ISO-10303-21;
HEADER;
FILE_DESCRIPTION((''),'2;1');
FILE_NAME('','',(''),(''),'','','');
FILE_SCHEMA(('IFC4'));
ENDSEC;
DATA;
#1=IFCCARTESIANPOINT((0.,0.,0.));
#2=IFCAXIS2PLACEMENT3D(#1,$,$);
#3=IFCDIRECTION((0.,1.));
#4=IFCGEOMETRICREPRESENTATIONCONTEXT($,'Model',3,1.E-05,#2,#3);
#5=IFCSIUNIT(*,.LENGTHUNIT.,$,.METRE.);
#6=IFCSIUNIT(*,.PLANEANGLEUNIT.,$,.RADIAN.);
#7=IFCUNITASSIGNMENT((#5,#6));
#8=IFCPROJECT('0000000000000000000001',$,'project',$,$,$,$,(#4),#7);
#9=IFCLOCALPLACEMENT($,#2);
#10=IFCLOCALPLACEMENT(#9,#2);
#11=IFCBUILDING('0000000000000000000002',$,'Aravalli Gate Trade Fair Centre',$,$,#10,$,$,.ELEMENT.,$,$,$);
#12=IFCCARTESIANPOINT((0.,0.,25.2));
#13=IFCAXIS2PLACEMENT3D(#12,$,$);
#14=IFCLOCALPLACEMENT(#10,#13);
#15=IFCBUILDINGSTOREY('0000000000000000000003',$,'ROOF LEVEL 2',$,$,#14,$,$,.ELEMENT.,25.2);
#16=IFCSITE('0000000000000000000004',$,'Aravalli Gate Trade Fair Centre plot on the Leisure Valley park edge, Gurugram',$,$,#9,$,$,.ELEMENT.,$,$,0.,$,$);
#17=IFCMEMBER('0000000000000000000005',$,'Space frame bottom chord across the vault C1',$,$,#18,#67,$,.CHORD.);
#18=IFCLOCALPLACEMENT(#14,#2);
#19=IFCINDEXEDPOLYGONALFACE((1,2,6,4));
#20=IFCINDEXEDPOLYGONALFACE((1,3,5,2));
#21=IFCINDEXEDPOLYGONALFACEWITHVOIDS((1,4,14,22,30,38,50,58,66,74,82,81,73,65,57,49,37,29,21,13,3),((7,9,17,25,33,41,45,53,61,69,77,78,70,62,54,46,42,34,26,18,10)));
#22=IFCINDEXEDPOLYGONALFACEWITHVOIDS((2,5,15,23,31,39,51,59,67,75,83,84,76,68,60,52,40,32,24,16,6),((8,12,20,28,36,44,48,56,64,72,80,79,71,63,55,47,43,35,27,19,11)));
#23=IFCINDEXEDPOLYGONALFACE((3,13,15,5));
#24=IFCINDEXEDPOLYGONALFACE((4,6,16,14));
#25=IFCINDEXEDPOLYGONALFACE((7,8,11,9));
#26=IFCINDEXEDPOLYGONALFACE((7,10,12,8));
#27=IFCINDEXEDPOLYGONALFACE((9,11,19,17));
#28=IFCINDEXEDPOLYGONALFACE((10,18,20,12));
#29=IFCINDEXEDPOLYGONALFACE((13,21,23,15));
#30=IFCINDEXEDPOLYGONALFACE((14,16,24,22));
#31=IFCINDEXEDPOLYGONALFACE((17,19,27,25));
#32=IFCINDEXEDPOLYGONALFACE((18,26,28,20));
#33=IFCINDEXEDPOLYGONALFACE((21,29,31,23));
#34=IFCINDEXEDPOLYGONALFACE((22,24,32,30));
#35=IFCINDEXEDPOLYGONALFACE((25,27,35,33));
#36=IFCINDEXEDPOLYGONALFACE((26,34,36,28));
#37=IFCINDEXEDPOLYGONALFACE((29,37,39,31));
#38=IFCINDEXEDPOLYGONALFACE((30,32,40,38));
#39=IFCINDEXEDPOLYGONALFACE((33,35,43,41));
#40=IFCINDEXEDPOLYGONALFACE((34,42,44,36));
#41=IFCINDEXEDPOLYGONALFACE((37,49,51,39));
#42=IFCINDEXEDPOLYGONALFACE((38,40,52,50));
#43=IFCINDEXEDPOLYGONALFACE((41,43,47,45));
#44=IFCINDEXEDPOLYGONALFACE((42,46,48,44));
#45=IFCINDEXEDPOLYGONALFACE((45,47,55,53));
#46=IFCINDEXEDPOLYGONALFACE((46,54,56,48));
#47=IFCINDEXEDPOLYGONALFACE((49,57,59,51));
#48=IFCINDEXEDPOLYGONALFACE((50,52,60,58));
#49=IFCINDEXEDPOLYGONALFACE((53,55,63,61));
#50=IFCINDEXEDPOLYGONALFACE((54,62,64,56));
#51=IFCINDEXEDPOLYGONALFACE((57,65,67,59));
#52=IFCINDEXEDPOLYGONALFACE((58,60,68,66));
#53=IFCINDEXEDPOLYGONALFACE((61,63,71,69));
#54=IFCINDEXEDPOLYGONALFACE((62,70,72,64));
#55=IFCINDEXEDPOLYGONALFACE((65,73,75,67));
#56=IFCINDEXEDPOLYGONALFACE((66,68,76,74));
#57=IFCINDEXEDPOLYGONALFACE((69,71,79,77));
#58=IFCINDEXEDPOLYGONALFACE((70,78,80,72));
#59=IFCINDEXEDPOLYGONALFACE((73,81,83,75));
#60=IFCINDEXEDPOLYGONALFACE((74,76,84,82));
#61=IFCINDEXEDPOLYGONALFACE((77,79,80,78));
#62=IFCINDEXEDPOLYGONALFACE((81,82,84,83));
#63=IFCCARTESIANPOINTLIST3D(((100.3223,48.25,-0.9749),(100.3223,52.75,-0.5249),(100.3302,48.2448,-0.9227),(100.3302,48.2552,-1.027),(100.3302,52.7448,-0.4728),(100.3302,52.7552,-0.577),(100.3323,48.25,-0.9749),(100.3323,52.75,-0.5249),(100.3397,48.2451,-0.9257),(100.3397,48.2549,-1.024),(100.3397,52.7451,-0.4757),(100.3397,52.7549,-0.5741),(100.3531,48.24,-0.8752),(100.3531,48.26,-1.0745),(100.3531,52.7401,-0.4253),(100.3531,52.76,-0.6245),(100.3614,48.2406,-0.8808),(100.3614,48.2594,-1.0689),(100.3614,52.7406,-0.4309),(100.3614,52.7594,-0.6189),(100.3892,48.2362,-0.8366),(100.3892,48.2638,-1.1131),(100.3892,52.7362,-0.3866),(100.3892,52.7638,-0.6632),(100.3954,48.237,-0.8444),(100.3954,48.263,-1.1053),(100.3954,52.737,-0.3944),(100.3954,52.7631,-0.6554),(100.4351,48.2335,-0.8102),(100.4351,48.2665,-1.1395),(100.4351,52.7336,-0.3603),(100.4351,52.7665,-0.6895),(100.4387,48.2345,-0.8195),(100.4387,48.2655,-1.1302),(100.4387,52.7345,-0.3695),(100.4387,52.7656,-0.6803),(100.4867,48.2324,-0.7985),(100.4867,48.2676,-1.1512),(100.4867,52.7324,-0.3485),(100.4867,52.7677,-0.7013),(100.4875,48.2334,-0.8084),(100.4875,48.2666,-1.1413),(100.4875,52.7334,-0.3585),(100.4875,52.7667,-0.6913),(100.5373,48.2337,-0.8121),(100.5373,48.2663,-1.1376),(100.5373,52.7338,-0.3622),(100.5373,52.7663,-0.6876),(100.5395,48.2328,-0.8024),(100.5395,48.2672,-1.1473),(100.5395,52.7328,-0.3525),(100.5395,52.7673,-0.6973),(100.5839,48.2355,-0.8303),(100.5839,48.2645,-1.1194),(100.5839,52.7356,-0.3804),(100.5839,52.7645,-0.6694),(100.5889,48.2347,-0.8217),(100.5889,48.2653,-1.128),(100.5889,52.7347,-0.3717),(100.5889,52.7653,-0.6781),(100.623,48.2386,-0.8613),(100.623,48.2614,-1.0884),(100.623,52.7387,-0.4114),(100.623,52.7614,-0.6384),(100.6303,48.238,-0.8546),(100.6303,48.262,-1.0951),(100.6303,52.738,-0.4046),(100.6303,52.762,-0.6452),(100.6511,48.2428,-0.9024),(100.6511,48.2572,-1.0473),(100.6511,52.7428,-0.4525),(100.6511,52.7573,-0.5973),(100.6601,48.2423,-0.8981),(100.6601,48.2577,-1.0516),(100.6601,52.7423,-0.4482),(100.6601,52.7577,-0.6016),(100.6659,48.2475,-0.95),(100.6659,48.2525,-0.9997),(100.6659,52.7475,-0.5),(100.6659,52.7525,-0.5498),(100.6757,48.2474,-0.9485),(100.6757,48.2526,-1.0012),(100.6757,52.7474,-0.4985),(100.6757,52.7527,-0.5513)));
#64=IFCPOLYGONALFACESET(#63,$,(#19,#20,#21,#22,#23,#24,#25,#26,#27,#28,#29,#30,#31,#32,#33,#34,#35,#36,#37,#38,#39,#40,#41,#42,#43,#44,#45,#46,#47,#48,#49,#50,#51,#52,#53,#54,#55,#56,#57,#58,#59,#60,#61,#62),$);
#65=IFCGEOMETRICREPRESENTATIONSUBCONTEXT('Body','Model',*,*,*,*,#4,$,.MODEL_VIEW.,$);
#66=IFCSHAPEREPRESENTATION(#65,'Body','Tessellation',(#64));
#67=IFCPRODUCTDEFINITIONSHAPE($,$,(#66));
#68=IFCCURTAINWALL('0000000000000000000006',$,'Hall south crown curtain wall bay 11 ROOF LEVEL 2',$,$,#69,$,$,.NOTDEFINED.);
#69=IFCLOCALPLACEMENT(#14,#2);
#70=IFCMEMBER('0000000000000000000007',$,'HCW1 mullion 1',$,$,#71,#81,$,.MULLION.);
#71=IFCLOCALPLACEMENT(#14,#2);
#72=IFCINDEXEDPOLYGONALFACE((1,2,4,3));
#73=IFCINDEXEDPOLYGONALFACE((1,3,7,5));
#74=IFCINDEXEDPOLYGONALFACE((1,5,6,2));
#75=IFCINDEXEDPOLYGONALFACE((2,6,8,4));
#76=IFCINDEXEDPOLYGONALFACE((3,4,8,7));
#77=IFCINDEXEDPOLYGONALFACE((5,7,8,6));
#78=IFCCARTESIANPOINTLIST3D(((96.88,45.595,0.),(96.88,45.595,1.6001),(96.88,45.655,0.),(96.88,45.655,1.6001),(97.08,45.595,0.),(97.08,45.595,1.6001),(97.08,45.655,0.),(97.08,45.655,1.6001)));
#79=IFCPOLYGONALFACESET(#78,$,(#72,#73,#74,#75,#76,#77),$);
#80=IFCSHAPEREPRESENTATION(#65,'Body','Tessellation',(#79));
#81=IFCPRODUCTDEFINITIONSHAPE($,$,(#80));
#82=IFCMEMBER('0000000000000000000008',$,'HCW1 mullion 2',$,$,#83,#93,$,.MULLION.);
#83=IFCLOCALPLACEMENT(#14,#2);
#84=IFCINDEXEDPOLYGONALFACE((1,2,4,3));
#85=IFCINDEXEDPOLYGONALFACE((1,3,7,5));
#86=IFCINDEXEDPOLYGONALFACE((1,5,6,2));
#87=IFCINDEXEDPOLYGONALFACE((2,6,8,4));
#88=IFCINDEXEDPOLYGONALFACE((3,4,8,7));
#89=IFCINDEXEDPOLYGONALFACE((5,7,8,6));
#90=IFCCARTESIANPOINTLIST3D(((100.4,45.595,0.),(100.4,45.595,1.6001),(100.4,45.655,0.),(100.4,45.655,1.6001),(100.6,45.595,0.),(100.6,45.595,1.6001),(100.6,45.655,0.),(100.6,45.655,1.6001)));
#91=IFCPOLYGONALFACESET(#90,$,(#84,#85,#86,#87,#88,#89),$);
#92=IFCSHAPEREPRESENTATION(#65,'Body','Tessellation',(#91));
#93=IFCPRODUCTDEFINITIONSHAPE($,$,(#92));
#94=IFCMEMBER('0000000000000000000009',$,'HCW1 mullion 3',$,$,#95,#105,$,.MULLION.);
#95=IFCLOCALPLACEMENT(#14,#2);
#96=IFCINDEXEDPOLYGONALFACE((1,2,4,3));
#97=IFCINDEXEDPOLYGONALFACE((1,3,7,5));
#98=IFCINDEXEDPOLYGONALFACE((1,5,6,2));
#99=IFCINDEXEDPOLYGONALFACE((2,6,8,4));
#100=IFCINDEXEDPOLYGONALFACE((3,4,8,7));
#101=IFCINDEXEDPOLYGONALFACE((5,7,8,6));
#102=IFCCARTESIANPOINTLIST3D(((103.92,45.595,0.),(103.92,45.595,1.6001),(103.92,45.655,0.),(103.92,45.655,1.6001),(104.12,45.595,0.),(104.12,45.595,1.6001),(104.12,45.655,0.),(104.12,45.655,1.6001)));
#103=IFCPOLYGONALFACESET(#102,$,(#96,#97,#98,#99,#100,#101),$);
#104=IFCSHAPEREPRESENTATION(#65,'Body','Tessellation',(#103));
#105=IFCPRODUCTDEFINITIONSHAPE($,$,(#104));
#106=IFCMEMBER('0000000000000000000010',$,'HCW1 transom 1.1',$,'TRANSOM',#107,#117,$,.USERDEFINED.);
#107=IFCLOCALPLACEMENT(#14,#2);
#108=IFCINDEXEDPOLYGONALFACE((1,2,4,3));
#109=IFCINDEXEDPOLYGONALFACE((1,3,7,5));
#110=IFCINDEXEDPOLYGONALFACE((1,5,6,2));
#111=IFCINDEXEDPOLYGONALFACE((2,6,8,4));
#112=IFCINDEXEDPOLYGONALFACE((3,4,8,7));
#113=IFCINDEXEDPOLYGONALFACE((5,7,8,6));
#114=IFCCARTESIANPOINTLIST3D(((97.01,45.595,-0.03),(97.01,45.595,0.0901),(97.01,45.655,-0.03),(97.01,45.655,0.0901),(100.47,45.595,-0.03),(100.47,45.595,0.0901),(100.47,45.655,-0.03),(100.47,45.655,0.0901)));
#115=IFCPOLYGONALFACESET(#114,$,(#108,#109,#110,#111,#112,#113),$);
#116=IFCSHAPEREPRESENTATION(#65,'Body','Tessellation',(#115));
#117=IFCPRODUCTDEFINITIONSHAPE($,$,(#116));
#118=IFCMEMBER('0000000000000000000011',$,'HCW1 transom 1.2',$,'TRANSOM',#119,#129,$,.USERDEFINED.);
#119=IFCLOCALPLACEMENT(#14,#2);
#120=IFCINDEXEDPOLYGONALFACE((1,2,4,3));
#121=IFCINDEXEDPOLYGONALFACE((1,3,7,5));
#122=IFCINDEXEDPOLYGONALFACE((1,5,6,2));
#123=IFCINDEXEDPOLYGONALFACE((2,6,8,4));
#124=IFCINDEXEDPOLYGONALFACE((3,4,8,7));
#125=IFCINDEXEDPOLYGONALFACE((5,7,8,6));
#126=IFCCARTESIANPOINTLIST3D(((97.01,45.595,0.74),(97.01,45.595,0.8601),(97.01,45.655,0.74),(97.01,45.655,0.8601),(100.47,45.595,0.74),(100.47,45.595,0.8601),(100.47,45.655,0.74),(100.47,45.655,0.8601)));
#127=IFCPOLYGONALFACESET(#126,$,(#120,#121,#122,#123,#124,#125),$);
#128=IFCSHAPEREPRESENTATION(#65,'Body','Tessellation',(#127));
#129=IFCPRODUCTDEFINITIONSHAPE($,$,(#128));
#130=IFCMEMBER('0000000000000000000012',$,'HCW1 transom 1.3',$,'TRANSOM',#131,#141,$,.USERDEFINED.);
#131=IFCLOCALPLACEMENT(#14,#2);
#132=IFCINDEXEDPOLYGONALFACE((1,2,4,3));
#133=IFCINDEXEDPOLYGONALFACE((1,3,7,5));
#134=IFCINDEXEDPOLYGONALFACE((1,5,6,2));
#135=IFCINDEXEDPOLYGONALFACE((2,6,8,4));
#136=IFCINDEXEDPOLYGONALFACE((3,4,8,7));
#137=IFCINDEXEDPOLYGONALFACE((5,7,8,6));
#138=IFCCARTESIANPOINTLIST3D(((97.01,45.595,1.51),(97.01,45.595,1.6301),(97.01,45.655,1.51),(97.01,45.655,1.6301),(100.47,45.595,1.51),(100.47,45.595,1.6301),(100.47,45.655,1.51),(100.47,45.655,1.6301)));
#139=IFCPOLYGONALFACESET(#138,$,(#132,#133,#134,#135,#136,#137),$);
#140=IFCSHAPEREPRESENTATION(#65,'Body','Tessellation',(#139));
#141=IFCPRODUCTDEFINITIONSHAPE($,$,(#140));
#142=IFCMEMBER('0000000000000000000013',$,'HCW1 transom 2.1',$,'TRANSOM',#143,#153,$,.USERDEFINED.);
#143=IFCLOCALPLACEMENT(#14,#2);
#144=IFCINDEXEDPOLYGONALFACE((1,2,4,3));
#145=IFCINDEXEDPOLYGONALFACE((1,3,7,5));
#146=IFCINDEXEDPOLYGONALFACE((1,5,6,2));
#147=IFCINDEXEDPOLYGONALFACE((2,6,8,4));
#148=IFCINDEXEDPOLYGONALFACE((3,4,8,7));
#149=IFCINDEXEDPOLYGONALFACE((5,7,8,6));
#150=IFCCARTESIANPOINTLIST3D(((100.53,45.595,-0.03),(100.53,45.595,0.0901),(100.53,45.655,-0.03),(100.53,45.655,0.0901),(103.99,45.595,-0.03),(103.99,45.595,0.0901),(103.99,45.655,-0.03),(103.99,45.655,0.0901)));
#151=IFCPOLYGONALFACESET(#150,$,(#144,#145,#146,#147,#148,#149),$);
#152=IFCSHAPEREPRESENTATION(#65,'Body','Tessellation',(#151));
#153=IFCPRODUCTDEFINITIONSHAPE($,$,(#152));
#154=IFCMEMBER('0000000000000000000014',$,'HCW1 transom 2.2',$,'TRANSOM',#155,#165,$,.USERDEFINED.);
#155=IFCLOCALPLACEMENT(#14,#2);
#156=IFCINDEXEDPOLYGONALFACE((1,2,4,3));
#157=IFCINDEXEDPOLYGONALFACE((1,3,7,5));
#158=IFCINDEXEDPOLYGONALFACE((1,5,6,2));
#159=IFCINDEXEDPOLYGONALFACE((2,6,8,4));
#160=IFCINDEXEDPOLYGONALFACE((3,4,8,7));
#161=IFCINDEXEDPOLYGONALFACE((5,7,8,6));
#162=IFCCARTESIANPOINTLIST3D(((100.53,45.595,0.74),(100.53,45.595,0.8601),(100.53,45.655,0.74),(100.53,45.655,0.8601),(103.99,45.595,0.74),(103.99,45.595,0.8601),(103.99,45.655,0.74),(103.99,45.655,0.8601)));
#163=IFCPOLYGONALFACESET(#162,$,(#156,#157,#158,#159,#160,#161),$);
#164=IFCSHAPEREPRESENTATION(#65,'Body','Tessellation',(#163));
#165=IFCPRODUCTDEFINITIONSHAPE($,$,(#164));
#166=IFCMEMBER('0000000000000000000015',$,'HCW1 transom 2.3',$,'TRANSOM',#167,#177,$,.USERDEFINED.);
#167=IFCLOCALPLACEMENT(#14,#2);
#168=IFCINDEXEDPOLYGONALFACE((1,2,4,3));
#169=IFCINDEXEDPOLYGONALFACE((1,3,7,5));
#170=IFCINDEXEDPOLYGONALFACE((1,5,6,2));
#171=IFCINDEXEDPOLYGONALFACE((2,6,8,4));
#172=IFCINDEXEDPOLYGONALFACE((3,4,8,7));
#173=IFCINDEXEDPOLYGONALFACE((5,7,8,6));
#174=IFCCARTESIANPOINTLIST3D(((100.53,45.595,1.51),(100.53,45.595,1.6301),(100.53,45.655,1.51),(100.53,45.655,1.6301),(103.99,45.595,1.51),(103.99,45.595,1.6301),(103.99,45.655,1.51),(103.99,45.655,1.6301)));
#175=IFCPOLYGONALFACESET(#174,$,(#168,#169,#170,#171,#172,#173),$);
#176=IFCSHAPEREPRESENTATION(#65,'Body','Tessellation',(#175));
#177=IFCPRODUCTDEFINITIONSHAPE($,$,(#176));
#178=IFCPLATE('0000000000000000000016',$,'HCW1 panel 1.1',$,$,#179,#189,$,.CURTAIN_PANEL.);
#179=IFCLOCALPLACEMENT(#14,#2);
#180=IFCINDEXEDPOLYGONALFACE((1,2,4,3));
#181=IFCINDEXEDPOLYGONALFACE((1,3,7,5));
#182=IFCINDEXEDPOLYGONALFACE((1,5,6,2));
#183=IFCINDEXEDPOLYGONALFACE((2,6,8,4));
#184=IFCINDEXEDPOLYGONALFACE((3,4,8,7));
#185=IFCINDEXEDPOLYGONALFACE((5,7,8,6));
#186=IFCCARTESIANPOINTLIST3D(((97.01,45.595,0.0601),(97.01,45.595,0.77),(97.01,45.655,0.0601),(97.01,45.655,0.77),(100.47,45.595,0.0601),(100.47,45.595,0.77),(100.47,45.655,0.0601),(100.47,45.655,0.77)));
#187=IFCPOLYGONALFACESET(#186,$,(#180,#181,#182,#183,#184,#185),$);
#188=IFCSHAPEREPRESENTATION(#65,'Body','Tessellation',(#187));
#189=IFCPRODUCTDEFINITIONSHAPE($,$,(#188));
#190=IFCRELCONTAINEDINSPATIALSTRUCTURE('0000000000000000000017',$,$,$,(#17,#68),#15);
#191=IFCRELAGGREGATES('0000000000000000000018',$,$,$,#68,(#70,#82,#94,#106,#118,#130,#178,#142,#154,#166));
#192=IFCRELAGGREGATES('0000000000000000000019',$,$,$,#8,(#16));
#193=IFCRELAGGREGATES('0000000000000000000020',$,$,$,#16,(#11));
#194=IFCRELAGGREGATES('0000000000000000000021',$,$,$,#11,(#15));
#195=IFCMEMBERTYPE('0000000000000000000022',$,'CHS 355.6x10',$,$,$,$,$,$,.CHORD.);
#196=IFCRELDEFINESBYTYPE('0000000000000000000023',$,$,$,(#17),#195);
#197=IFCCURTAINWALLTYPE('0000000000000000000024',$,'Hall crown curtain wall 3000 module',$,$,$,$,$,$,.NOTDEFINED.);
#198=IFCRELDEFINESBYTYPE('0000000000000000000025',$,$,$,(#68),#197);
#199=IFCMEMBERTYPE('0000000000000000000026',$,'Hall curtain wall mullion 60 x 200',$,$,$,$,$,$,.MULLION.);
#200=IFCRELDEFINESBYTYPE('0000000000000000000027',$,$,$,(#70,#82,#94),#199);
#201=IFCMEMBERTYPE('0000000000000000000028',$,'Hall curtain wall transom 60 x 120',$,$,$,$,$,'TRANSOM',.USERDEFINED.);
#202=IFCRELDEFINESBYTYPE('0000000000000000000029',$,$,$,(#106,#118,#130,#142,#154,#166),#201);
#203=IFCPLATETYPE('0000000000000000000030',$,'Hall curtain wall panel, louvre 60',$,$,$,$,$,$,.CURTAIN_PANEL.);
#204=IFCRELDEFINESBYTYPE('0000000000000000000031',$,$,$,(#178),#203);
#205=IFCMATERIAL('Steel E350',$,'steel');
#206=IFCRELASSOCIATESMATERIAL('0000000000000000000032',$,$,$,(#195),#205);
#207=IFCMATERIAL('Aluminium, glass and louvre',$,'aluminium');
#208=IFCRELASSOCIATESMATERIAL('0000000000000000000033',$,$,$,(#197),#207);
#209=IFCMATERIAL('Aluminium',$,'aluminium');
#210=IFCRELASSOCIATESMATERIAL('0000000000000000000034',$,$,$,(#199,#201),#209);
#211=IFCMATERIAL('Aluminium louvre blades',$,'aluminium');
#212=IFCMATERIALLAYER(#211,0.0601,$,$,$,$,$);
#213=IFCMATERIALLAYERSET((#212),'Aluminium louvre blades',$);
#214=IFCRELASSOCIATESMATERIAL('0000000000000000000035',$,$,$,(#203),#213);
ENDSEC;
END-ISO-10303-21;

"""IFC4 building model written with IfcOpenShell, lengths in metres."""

from ifc_helpers import new_model, si_unit, direction, frame, origin, origin_2d, place, context, subcontext, project, spatial, rectangle, hollow_circle, extrude, material, layer, layer_set, material_profile, profile_set, type_object, element, aggregate, save


model = new_model("IFC4")

# Units and contexts
model_context = context("Model", 3, precision=1e-05, world=origin(), true_north=direction((0.0, 1.0)))
body_context = subcontext(model_context, "Body", "Model", "MODEL_VIEW")
ifc_project = project(units=[si_unit("LENGTHUNIT", "METRE"), si_unit("PLANEANGLEUNIT", "RADIAN")], contexts=[model_context])

# Site, building, storey
site_placement = place(None, origin())
site = spatial("IfcSite", under=ifc_project, at=site_placement, Name="Aravalli Gate Trade Fair Centre plot on the Leisure Valley park edge, Gurugram", CompositionType="ELEMENT", RefElevation=0.0)
building_placement = place(site_placement, origin())
building = spatial("IfcBuilding", under=site, at=building_placement, Name="Aravalli Gate Trade Fair Centre", CompositionType="ELEMENT")
storey_placement = place(building_placement, frame((0.0, 0.0, 25.2)))
storey = spatial("IfcBuildingStorey", under=building, at=storey_placement, Name="ROOF LEVEL 2", CompositionType="ELEMENT", Elevation=25.2)

# Member
ifc_material_1 = material(Name="Steel E350", Category="steel")
ifc_material_profile_1 = material_profile(ifc_material_1, hollow_circle(Radius=0.1777, WallThickness=0.01, at=origin_2d()), Name="CHS 355.6x10")
ifc_profile_set_1 = profile_set([ifc_material_profile_1], Name="Steel E350")
member_type_1 = type_object("IfcMemberType", Name="CHS 355.6x10", PredefinedType="CHORD", material=ifc_profile_set_1)
member_1_placement = place(storey_placement, frame((100.5, 48.25, -0.9749), z_axis=(0.0, 0.995038, 0.099493), x_axis=(-1.0, 0.0, 0.0)))
element("IfcMember", 1, at=member_1_placement, inside=storey, type_object=member_type_1, Name="Space frame bottom chord across the vault C1", PredefinedType="CHORD", context=body_context, shape_type="SweptSolid", body=[
    extrude(hollow_circle(Radius=0.1777, WallThickness=0.01, at=origin_2d()), origin(), (0.0, 0.0, 1.0), 4.5225),
])

# Curtain wall, members, plate
ifc_material_2 = material(Name="Aluminium, glass and louvre", Category="aluminium")
curtain_wall_type = type_object("IfcCurtainWallType", Name="Hall crown curtain wall 3000 module", PredefinedType="NOTDEFINED", material=ifc_material_2)
curtain_wall_placement = place(storey_placement, origin())
curtain_wall = element("IfcCurtainWall", 2, at=curtain_wall_placement, inside=storey, type_object=curtain_wall_type, Name="Hall south crown curtain wall bay 11 ROOF LEVEL 2", PredefinedType="NOTDEFINED")
ifc_material_3 = material(Name="Aluminium", Category="aluminium")
ifc_material_profile_2 = material_profile(ifc_material_3, rectangle(XDim=0.0601, YDim=0.2, at=origin_2d()), Name="Hall curtain wall mullion 60 x 200")
ifc_profile_set_2 = profile_set([ifc_material_profile_2], Name="Aluminium")
member_type_2 = type_object("IfcMemberType", Name="Hall curtain wall mullion 60 x 200", PredefinedType="MULLION", material=ifc_profile_set_2)
member_2_placement = place(storey_placement, frame((96.98, 45.625, 0.0), z_axis=(0.0, 0.0, 1.0), x_axis=(0.0, 1.0, 0.0)))
member_2 = element("IfcMember", 3, at=member_2_placement, type_object=member_type_2, Name="HCW1 mullion 1", PredefinedType="MULLION", context=body_context, shape_type="SweptSolid", body=[
    extrude(rectangle(XDim=0.0601, YDim=0.2, at=origin_2d()), origin(), (0.0, 0.0, 1.0), 1.6001),
])
member_3_placement = place(storey_placement, frame((100.5, 45.625, 0.0), z_axis=(0.0, 0.0, 1.0), x_axis=(0.0, 1.0, 0.0)))
member_3 = element("IfcMember", 4, at=member_3_placement, type_object=member_type_2, Name="HCW1 mullion 2", PredefinedType="MULLION", context=body_context, shape_type="SweptSolid", body=[
    extrude(rectangle(XDim=0.0601, YDim=0.2, at=origin_2d()), origin(), (0.0, 0.0, 1.0), 1.6001),
])
member_4_placement = place(storey_placement, frame((104.02, 45.625, 0.0), z_axis=(0.0, 0.0, 1.0), x_axis=(0.0, 1.0, 0.0)))
member_4 = element("IfcMember", 5, at=member_4_placement, type_object=member_type_2, Name="HCW1 mullion 3", PredefinedType="MULLION", context=body_context, shape_type="SweptSolid", body=[
    extrude(rectangle(XDim=0.0601, YDim=0.2, at=origin_2d()), origin(), (0.0, 0.0, 1.0), 1.6001),
])
ifc_material_profile_3 = material_profile(ifc_material_3, rectangle(XDim=0.0601, YDim=0.1201, at=origin_2d()), Name="Hall curtain wall transom 60 x 120")
ifc_profile_set_3 = profile_set([ifc_material_profile_3], Name="Aluminium")
member_type_3 = type_object("IfcMemberType", Name="Hall curtain wall transom 60 x 120", ElementType="TRANSOM", PredefinedType="USERDEFINED", material=ifc_profile_set_3)
member_5_placement = place(storey_placement, frame((97.01, 45.625, 0.03), z_axis=(1.0, 0.0, 0.0), x_axis=(0.0, 1.0, 0.0)))
member_5 = element("IfcMember", 6, at=member_5_placement, type_object=member_type_3, Name="HCW1 transom 1.1", ObjectType="TRANSOM", PredefinedType="USERDEFINED", context=body_context, shape_type="SweptSolid", body=[
    extrude(rectangle(XDim=0.0601, YDim=0.1201, at=origin_2d()), origin(), (0.0, 0.0, 1.0), 3.46),
])
member_6_placement = place(storey_placement, frame((97.01, 45.625, 0.8), z_axis=(1.0, 0.0, 0.0), x_axis=(0.0, 1.0, 0.0)))
member_6 = element("IfcMember", 7, at=member_6_placement, type_object=member_type_3, Name="HCW1 transom 1.2", ObjectType="TRANSOM", PredefinedType="USERDEFINED", context=body_context, shape_type="SweptSolid", body=[
    extrude(rectangle(XDim=0.0601, YDim=0.1201, at=origin_2d()), origin(), (0.0, 0.0, 1.0), 3.46),
])
member_7_placement = place(storey_placement, frame((97.01, 45.625, 1.5701), z_axis=(1.0, 0.0, 0.0), x_axis=(0.0, 1.0, 0.0)))
member_7 = element("IfcMember", 8, at=member_7_placement, type_object=member_type_3, Name="HCW1 transom 1.3", ObjectType="TRANSOM", PredefinedType="USERDEFINED", context=body_context, shape_type="SweptSolid", body=[
    extrude(rectangle(XDim=0.0601, YDim=0.1201, at=origin_2d()), origin(), (0.0, 0.0, 1.0), 3.46),
])
member_8_placement = place(storey_placement, frame((100.53, 45.625, 0.03), z_axis=(1.0, 0.0, 0.0), x_axis=(0.0, 1.0, 0.0)))
member_8 = element("IfcMember", 9, at=member_8_placement, type_object=member_type_3, Name="HCW1 transom 2.1", ObjectType="TRANSOM", PredefinedType="USERDEFINED", context=body_context, shape_type="SweptSolid", body=[
    extrude(rectangle(XDim=0.0601, YDim=0.1201, at=origin_2d()), origin(), (0.0, 0.0, 1.0), 3.46),
])
member_9_placement = place(storey_placement, frame((100.53, 45.625, 0.8), z_axis=(1.0, 0.0, 0.0), x_axis=(0.0, 1.0, 0.0)))
member_9 = element("IfcMember", 10, at=member_9_placement, type_object=member_type_3, Name="HCW1 transom 2.2", ObjectType="TRANSOM", PredefinedType="USERDEFINED", context=body_context, shape_type="SweptSolid", body=[
    extrude(rectangle(XDim=0.0601, YDim=0.1201, at=origin_2d()), origin(), (0.0, 0.0, 1.0), 3.46),
])
member_10_placement = place(storey_placement, frame((100.53, 45.625, 1.5701), z_axis=(1.0, 0.0, 0.0), x_axis=(0.0, 1.0, 0.0)))
member_10 = element("IfcMember", 11, at=member_10_placement, type_object=member_type_3, Name="HCW1 transom 2.3", ObjectType="TRANSOM", PredefinedType="USERDEFINED", context=body_context, shape_type="SweptSolid", body=[
    extrude(rectangle(XDim=0.0601, YDim=0.1201, at=origin_2d()), origin(), (0.0, 0.0, 1.0), 3.46),
])
ifc_material_4 = material(Name="Aluminium louvre blades", Category="aluminium")
ifc_layer_1 = layer(ifc_material_4, 0.0601)
ifc_layer_set_1 = layer_set([ifc_layer_1], Name="Aluminium louvre blades")
plate_type = type_object("IfcPlateType", Name="Hall curtain wall panel, louvre 60", PredefinedType="CURTAIN_PANEL", material=ifc_layer_set_1)
plate_1_placement = place(storey_placement, frame((98.74, 45.625, 0.0601), z_axis=(0.0, 0.0, 1.0), x_axis=(1.0, 0.0, 0.0)))
plate_1 = element("IfcPlate", 12, at=plate_1_placement, type_object=plate_type, Name="HCW1 panel 1.1", PredefinedType="CURTAIN_PANEL", context=body_context, shape_type="SweptSolid", body=[
    extrude(rectangle(XDim=3.46, YDim=0.0601, at=origin_2d()), origin(), (0.0, 0.0, 1.0), 0.71),
])
aggregate(curtain_wall, [member_2, member_3, member_4, member_5, member_6, member_7, plate_1, member_8, member_9, member_10])

save(model, "model.ifc")
